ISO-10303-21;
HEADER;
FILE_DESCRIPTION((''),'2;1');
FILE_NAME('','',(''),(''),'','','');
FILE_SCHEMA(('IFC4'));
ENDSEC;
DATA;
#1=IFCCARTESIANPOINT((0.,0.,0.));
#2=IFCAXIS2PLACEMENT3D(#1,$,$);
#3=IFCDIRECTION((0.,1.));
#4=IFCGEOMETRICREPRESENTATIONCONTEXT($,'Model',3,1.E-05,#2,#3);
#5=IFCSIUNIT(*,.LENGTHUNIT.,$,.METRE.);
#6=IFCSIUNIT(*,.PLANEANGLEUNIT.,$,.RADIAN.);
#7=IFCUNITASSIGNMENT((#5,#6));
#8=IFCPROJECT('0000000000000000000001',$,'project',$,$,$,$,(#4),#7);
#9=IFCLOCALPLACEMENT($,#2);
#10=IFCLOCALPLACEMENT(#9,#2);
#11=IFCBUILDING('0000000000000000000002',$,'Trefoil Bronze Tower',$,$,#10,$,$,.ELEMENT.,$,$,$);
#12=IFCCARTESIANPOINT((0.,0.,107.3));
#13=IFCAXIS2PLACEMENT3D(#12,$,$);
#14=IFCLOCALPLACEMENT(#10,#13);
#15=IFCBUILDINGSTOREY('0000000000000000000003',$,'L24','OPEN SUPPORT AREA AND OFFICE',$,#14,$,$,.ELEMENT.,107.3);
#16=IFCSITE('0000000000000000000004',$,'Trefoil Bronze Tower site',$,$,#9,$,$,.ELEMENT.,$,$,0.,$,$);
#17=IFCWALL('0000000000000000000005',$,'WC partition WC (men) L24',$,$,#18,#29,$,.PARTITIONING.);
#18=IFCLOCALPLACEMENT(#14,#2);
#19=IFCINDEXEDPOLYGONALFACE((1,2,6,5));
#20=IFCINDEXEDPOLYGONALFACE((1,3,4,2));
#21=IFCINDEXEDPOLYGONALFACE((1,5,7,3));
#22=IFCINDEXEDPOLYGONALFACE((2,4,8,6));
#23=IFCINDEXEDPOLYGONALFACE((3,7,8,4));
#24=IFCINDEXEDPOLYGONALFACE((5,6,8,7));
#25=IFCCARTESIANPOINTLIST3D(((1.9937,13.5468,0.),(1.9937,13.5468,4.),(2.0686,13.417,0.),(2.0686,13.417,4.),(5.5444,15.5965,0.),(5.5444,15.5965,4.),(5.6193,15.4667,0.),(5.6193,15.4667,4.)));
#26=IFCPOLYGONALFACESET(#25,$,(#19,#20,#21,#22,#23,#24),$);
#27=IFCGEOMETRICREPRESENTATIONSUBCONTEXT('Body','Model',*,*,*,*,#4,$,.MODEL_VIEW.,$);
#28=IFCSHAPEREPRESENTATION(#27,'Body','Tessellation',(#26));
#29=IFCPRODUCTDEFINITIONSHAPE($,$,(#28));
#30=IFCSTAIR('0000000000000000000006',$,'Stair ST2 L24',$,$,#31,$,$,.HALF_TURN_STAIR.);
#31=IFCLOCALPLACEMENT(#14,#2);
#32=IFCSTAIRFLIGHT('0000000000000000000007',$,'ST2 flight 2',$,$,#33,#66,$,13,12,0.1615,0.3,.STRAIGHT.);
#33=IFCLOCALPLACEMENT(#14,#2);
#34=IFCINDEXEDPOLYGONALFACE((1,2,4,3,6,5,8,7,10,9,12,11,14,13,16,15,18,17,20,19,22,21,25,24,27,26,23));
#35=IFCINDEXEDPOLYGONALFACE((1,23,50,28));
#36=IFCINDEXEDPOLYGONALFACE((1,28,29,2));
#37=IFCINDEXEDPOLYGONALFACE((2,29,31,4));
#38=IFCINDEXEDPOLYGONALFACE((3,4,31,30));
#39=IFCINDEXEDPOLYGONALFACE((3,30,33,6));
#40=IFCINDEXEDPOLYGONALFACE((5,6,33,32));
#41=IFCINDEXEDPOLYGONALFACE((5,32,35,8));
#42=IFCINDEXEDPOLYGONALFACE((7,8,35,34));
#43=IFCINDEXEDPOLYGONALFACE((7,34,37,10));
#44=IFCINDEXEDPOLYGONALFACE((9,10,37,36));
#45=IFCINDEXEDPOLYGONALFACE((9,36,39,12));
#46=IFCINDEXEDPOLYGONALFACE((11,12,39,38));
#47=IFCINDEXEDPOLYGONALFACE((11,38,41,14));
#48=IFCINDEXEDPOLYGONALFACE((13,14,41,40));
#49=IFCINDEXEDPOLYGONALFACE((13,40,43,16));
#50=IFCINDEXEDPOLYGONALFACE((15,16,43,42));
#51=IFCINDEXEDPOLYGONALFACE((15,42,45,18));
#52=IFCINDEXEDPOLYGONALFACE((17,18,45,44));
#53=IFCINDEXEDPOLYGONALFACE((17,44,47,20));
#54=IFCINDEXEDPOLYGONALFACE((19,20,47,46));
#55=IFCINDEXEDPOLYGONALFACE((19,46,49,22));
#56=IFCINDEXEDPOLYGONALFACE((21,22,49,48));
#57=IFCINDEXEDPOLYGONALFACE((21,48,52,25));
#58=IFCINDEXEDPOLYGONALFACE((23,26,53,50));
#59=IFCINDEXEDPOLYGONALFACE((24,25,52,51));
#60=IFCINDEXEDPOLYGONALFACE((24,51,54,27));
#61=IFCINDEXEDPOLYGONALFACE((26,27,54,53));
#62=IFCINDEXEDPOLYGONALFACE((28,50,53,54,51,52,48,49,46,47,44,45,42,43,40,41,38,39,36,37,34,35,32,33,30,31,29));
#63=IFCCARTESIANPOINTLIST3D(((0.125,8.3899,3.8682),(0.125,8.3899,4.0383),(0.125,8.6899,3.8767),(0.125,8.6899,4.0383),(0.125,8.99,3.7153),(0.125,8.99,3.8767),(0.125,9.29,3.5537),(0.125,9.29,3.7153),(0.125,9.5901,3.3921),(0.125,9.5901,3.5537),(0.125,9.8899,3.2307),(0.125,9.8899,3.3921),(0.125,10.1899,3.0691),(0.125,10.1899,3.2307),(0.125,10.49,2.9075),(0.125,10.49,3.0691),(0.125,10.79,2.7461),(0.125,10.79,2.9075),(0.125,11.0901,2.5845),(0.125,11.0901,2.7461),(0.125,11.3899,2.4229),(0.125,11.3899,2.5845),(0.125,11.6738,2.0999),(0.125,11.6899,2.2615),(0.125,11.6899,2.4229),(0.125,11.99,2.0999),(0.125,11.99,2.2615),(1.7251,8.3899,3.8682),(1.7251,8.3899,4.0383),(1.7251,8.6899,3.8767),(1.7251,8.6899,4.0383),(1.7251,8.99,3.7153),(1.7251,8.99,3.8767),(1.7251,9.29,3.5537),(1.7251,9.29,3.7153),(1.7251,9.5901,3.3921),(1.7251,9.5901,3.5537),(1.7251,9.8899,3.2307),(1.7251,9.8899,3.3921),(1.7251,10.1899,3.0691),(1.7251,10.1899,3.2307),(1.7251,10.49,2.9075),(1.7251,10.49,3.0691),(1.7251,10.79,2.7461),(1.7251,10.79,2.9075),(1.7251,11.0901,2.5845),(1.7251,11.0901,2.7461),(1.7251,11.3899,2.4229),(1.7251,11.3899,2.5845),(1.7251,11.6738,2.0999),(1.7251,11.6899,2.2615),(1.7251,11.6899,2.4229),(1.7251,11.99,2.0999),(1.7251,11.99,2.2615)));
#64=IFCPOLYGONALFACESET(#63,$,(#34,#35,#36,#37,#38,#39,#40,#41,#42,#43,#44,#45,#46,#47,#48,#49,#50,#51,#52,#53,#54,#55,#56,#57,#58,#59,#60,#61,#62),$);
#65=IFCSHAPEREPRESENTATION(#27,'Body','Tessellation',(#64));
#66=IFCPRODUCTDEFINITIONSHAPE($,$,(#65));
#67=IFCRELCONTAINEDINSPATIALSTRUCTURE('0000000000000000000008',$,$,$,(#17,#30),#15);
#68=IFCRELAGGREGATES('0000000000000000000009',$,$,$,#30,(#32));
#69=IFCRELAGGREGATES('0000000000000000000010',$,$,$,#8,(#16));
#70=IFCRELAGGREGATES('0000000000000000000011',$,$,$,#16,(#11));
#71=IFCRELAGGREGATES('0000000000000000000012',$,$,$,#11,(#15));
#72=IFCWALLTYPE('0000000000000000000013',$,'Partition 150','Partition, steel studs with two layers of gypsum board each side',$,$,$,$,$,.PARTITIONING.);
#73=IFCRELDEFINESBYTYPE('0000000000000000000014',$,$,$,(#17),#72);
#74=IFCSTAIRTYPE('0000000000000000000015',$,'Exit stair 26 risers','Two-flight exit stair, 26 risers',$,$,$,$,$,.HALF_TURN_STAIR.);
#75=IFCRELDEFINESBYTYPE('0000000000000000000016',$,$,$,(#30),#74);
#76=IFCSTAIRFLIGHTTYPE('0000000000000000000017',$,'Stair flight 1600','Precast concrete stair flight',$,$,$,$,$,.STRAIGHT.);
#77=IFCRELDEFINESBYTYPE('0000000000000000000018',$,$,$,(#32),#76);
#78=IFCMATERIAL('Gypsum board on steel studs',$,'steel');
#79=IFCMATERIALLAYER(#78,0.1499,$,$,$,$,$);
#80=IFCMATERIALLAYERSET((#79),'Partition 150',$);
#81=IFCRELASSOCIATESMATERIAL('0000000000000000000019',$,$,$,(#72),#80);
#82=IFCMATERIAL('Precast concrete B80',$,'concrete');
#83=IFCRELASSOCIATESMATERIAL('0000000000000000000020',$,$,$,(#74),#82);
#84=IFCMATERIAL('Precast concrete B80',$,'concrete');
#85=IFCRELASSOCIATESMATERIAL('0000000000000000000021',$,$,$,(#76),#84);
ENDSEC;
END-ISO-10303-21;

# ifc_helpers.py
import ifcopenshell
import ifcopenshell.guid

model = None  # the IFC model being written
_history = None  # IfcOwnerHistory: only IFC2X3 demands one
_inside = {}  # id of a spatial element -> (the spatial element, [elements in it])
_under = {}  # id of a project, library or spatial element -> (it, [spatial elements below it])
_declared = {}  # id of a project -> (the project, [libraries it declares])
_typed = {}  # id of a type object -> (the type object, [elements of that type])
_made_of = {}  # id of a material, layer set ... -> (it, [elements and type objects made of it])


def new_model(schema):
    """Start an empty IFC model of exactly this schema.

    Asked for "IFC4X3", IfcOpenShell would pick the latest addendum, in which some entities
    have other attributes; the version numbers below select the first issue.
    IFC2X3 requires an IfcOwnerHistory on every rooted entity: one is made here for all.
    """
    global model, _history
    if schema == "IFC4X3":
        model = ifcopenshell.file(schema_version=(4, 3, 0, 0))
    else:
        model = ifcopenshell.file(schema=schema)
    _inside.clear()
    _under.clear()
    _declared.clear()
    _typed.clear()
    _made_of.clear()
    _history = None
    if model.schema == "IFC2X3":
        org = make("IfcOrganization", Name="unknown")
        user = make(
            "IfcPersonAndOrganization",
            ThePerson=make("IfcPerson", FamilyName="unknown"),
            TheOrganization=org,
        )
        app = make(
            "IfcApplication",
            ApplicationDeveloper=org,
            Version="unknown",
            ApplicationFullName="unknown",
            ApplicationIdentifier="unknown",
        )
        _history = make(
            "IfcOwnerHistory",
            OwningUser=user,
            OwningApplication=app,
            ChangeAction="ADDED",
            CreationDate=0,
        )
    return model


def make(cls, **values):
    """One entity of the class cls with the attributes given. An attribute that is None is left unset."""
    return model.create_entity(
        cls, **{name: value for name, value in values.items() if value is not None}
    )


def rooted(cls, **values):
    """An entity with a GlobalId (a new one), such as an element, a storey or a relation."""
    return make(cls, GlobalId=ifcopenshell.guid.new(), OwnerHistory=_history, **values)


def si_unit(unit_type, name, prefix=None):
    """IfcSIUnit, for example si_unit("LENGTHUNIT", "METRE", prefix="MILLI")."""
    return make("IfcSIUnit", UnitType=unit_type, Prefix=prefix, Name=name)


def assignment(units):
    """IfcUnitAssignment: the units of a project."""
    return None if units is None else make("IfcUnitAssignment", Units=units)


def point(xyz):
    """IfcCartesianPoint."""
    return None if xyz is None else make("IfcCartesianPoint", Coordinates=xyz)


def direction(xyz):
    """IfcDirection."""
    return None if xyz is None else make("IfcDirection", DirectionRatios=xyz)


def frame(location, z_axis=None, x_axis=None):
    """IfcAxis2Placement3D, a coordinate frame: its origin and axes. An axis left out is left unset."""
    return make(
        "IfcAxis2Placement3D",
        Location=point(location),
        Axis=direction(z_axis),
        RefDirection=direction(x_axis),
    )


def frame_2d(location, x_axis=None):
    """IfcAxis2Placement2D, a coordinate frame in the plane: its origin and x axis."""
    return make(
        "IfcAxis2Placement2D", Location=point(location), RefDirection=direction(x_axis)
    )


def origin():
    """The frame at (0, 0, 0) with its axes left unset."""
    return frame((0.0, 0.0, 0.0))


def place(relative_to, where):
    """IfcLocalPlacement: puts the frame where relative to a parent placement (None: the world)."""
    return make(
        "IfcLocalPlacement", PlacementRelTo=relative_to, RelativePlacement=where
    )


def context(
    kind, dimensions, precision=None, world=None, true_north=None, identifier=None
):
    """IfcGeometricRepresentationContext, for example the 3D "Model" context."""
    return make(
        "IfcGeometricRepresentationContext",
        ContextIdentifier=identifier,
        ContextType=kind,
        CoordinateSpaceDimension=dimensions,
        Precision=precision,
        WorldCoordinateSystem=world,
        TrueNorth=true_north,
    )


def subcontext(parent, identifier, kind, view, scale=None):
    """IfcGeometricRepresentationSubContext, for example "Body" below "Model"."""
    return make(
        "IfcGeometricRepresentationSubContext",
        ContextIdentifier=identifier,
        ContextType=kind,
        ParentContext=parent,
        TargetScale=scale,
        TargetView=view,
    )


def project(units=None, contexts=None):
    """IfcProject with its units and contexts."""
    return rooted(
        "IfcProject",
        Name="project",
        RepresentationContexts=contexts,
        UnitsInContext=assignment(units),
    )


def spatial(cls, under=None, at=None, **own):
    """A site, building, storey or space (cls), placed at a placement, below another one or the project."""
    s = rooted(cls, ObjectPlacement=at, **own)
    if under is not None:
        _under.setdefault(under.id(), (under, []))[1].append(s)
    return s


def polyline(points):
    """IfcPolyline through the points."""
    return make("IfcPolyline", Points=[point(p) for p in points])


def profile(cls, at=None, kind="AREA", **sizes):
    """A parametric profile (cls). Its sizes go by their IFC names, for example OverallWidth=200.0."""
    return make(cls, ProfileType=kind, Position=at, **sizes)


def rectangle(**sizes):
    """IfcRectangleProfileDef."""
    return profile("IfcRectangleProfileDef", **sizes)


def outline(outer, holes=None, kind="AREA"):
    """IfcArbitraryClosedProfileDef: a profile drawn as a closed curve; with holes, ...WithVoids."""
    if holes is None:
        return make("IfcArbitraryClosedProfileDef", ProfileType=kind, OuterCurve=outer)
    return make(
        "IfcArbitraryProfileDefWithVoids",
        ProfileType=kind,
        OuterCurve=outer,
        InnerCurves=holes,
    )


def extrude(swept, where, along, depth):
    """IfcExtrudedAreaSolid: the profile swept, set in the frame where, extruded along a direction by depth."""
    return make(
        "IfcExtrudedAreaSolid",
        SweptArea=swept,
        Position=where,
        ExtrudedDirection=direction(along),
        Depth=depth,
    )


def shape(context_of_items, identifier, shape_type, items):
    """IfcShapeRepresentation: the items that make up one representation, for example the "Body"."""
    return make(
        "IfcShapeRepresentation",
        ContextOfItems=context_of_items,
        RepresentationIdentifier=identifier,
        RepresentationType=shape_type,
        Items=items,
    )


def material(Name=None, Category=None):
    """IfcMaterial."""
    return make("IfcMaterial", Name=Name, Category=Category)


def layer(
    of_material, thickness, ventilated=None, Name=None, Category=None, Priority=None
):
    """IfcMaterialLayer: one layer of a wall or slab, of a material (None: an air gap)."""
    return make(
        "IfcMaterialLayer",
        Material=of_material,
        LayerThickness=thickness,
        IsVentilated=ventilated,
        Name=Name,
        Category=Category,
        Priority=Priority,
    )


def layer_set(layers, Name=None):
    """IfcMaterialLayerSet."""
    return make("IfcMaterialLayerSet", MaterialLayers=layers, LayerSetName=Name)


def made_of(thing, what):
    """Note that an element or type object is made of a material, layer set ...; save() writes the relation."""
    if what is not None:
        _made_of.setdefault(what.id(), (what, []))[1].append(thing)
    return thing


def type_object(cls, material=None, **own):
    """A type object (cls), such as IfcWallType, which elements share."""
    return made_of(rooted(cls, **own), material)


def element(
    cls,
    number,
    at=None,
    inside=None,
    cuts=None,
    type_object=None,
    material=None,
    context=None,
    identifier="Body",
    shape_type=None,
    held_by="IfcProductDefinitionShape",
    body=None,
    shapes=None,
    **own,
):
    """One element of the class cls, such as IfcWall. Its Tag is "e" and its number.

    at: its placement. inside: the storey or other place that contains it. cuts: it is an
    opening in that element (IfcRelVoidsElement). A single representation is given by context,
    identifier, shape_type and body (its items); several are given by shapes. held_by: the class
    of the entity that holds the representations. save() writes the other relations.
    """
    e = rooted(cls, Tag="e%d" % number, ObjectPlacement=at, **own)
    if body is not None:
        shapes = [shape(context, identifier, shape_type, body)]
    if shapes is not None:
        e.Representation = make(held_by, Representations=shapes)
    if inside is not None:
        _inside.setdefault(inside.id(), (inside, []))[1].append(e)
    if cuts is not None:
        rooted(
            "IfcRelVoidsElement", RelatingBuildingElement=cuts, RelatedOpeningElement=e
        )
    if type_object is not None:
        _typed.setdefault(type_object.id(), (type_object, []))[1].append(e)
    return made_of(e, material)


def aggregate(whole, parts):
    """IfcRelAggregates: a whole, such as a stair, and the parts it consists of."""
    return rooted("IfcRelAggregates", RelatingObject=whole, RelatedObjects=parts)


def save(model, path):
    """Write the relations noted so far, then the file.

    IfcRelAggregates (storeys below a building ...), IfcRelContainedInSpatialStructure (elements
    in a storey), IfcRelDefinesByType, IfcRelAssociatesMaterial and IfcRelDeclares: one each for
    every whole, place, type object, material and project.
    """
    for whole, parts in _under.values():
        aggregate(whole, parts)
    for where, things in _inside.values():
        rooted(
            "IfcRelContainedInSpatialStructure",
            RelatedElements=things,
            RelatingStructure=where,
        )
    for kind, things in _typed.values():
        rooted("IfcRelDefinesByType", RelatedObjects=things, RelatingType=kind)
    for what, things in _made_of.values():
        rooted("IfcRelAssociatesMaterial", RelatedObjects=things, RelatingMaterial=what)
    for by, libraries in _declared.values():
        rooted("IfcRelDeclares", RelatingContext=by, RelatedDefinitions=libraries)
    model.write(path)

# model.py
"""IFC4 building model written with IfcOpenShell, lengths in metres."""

from ifc_helpers import new_model, si_unit, direction, frame, frame_2d, origin, place, context, subcontext, project, spatial, polyline, rectangle, outline, extrude, material, layer, layer_set, type_object, element, aggregate, save


model = new_model("IFC4")

# Units and contexts
model_context = context("Model", 3, precision=1e-05, world=origin(), true_north=direction((0.0, 1.0)))
body_context = subcontext(model_context, "Body", "Model", "MODEL_VIEW")
ifc_project = project(units=[si_unit("LENGTHUNIT", "METRE"), si_unit("PLANEANGLEUNIT", "RADIAN")], contexts=[model_context])

# Site, building, storey
site_placement = place(None, origin())
site = spatial("IfcSite", under=ifc_project, at=site_placement, Name="Trefoil Bronze Tower site", CompositionType="ELEMENT", RefElevation=0.0)
building_placement = place(site_placement, origin())
building = spatial("IfcBuilding", under=site, at=building_placement, Name="Trefoil Bronze Tower", CompositionType="ELEMENT")
storey_placement = place(building_placement, frame((0.0, 0.0, 107.3)))
storey = spatial("IfcBuildingStorey", under=building, at=storey_placement, Name="L24", Description="OPEN SUPPORT AREA AND OFFICE", CompositionType="ELEMENT", Elevation=107.3)

# Wall
ifc_material_1 = material(Name="Gypsum board on steel studs", Category="steel")
ifc_layer_1 = layer(ifc_material_1, 0.1499)
ifc_layer_set_1 = layer_set([ifc_layer_1], Name="Partition 150")
wall_type_1 = type_object("IfcWallType", Name="Partition 150", Description="Partition, steel studs with two layers of gypsum board each side", PredefinedType="PARTITIONING", material=ifc_layer_set_1)
wall_1_placement = place(storey_placement, frame((2.0312, 13.4819, 0.0), z_axis=(0.0, 0.0, 1.0), x_axis=(0.866051, 0.499956, 0.0)))
element("IfcWall", 1, at=wall_1_placement, inside=storey, type_object=wall_type_1, Name="WC partition WC (men) L24", PredefinedType="PARTITIONING", context=body_context, shape_type="SweptSolid", body=[
    extrude(rectangle(XDim=4.0999, YDim=0.1499, at=frame_2d((2.0498, 0.0))), origin(), (0.0, 0.0, 1.0), 4.0),
])

# Stair, stair flight
ifc_material_2 = material(Name="Precast concrete B80", Category="concrete")
stair_type = type_object("IfcStairType", Name="Exit stair 26 risers", Description="Two-flight exit stair, 26 risers", PredefinedType="HALF_TURN_STAIR", material=ifc_material_2)
stair_placement = place(storey_placement, origin())
stair = element("IfcStair", 2, at=stair_placement, inside=storey, type_object=stair_type, Name="Stair ST2 L24", PredefinedType="HALF_TURN_STAIR")
ifc_material_3 = material(Name="Precast concrete B80", Category="concrete")
stair_flight_type = type_object("IfcStairFlightType", Name="Stair flight 1600", Description="Precast concrete stair flight", PredefinedType="STRAIGHT", material=ifc_material_3)
stair_flight_placement = place(storey_placement, frame((0.925, 11.99, 2.0999), z_axis=(0.0, 0.0, 1.0), x_axis=(0.0, -1.0, 0.0)))
stair_flight = element("IfcStairFlight", 3, at=stair_flight_placement, type_object=stair_flight_type, Name="ST2 flight 2", NumberOfRisers=13, NumberOfTreads=12, PredefinedType="STRAIGHT", RiserHeight=0.1615, TreadLength=0.3, context=body_context, shape_type="SweptSolid", body=[
    extrude(outline(polyline([(0.0, 0.0), (0.0, 0.1616), (0.3, 0.1616), (0.3, 0.323), (0.6001, 0.323), (0.6001, 0.4846), (0.8999, 0.4846), (0.8999, 0.6462), (1.2, 0.6462), (1.2, 0.8076), (1.5, 0.8076), (1.5, 0.9692), (1.8, 0.9692), (1.8, 1.1309), (2.1001, 1.1309), (2.1001, 1.2922), (2.3999, 1.2922), (2.3999, 1.4539), (2.7, 1.4539), (2.7, 1.6155), (3.0, 1.6155), (3.0, 1.7769), (3.3, 1.7769), (3.3, 1.9385), (3.6001, 1.9385), (3.6001, 2.1001), (3.6001, 1.7683), (0.3162, 0.0), (0.0, 0.0)])), frame((0.0, 0.8, 0.0), z_axis=(0.0, -1.0, 0.0), x_axis=(1.0, 0.0, 0.0)), (0.0, 0.0, 1.0), 1.6001),
])
aggregate(stair, [stair_flight])

save(model, "model.ifc")
